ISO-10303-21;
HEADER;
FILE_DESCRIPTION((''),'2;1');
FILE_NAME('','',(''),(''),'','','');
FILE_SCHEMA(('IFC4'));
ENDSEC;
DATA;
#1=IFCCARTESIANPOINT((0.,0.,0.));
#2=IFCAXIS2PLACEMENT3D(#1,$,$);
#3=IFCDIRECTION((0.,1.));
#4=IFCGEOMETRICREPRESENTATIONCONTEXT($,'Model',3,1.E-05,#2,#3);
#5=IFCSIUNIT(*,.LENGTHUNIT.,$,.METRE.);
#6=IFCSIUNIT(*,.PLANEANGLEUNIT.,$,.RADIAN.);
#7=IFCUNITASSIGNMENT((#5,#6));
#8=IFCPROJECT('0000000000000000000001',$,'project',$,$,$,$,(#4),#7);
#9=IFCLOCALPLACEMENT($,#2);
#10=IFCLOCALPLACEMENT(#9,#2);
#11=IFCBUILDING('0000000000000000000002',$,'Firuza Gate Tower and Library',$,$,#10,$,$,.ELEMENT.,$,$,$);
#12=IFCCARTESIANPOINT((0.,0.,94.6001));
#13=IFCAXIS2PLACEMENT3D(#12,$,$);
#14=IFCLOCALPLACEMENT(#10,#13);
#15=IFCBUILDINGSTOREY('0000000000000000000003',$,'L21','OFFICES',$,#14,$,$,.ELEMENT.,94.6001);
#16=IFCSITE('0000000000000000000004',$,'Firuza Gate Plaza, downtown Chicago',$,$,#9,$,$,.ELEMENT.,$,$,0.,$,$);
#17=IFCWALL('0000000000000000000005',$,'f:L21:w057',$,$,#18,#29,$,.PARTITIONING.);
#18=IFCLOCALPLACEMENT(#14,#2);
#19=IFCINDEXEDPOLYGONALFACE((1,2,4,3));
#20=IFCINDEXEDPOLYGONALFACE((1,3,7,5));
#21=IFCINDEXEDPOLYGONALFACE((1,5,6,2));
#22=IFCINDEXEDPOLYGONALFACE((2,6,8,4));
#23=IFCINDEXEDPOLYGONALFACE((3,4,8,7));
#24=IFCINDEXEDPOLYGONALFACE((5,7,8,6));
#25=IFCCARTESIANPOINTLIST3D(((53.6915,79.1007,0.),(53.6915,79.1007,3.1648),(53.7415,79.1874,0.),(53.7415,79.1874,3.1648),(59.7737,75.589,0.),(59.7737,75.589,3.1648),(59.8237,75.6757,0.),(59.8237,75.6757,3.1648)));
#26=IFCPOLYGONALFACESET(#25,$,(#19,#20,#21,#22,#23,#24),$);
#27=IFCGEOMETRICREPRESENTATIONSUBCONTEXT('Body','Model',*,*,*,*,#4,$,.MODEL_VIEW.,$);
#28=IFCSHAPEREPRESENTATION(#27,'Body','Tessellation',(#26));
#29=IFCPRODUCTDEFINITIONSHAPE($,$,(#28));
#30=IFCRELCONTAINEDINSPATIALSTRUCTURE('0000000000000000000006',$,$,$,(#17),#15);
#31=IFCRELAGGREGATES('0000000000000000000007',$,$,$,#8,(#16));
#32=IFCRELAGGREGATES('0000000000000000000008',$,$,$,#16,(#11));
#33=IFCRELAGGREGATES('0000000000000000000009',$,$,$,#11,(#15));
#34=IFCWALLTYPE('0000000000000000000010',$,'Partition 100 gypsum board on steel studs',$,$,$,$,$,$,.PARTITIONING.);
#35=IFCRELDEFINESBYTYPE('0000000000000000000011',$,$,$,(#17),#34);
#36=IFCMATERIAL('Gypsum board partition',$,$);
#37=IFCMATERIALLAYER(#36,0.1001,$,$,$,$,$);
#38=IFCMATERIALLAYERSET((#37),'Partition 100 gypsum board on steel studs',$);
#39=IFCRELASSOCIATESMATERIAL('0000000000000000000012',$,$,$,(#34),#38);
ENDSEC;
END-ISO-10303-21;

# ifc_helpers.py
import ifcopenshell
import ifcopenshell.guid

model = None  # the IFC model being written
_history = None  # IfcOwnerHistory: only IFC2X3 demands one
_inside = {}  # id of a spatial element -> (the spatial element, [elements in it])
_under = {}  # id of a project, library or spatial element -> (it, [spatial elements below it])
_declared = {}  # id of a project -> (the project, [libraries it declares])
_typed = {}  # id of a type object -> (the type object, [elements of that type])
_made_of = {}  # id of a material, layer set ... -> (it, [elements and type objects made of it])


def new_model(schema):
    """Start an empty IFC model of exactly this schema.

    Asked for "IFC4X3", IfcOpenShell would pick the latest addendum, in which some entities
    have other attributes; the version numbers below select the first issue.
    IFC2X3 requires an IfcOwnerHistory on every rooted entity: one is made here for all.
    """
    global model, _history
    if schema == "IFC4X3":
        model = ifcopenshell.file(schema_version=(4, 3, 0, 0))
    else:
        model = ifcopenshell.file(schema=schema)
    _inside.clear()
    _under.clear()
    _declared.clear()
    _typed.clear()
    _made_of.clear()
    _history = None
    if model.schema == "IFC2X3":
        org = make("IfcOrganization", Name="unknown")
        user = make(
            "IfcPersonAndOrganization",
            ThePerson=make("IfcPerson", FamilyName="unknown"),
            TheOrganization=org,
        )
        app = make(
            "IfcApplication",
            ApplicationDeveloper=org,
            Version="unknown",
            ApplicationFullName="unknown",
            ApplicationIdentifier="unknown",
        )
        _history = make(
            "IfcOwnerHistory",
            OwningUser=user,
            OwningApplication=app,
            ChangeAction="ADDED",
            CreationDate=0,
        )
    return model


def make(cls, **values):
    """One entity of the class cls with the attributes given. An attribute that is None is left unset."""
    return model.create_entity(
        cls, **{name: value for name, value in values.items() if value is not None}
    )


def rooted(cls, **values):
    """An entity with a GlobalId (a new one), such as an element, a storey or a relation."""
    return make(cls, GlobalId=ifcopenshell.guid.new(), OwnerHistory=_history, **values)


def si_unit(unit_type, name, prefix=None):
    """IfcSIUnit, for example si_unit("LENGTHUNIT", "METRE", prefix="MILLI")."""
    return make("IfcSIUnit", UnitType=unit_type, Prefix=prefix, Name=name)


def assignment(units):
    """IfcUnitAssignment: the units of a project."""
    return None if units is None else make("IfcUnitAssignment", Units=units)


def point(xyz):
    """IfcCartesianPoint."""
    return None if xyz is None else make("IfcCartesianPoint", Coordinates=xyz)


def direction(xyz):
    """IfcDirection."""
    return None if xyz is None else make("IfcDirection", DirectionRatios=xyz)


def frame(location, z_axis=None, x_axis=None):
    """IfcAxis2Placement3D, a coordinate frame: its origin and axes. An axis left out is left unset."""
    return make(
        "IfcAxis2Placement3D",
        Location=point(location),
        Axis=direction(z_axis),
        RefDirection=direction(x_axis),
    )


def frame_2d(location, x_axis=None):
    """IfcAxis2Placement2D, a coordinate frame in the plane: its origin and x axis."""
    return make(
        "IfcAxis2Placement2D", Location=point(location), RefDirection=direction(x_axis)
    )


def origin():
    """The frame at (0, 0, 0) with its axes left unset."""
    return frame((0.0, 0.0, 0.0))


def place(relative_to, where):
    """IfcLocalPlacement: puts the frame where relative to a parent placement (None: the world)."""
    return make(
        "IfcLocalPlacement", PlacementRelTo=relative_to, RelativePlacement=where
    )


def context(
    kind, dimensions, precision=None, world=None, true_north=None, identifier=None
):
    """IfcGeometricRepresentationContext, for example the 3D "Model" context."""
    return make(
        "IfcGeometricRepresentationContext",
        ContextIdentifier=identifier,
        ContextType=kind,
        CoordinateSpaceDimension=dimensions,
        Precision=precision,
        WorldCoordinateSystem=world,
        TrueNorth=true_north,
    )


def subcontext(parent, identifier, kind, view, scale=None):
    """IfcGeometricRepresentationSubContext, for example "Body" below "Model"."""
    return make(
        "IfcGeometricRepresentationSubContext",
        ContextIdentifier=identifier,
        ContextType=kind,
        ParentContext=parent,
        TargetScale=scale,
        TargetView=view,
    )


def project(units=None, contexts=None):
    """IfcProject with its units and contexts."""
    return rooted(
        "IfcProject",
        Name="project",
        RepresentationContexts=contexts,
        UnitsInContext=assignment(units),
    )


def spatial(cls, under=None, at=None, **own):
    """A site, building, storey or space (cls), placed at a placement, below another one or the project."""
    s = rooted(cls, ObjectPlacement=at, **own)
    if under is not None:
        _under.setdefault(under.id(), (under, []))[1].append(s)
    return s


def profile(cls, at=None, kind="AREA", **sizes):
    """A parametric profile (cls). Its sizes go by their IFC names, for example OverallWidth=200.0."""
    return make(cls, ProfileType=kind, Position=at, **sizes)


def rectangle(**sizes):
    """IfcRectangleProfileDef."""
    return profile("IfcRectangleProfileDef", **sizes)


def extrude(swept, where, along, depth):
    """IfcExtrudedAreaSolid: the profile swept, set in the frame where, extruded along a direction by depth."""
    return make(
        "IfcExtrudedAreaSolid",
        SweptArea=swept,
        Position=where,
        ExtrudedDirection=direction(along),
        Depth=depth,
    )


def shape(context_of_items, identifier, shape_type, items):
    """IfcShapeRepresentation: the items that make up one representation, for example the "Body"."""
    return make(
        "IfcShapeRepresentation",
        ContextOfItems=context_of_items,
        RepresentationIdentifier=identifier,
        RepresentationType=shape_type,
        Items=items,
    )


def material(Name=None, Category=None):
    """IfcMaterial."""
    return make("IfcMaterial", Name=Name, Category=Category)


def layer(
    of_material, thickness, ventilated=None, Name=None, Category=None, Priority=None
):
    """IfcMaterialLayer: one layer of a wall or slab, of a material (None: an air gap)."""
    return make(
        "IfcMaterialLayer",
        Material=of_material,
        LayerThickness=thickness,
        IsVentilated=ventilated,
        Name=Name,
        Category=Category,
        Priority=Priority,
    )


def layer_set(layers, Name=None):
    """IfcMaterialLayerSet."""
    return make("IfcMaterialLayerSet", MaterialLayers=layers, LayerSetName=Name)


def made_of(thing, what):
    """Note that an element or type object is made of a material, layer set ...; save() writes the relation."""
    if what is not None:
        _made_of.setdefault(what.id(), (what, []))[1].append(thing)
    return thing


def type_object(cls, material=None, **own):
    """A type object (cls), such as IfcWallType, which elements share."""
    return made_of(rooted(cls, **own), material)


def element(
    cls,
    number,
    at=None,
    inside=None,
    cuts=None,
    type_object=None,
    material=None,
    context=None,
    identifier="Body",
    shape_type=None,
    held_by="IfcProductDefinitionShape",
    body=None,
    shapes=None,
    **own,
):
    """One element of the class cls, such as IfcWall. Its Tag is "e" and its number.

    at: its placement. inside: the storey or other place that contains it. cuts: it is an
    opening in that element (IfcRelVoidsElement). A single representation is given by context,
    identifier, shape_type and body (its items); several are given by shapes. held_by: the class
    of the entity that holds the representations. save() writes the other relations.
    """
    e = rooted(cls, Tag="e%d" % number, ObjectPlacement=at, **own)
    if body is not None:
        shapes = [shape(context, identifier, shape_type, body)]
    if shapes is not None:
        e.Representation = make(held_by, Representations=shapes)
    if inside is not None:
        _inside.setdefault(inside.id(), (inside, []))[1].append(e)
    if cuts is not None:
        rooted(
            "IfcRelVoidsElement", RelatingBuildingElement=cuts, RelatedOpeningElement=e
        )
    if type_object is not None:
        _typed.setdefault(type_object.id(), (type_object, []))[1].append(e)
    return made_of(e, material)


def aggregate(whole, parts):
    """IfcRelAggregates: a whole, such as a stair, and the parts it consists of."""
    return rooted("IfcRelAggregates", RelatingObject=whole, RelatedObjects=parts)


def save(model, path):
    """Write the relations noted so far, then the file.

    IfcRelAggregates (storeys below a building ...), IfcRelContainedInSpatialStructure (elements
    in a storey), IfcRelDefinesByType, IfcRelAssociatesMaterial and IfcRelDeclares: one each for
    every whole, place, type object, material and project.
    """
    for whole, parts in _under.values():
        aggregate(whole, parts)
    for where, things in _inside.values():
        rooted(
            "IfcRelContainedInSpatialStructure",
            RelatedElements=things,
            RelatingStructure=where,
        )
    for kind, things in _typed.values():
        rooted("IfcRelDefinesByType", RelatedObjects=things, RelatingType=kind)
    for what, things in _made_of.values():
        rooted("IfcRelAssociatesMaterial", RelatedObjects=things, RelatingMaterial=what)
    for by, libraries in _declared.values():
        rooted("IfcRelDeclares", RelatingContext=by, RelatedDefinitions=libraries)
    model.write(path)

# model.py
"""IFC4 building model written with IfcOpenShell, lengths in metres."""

from ifc_helpers import new_model, si_unit, direction, frame, frame_2d, origin, place, context, subcontext, project, spatial, rectangle, extrude, material, layer, layer_set, type_object, element, save


model = new_model("IFC4")

# Units and contexts
model_context = context("Model", 3, precision=1e-05, world=origin(), true_north=direction((0.0, 1.0)))
body_context = subcontext(model_context, "Body", "Model", "MODEL_VIEW")
ifc_project = project(units=[si_unit("LENGTHUNIT", "METRE"), si_unit("PLANEANGLEUNIT", "RADIAN")], contexts=[model_context])

# Site, building, storey
site_placement = place(None, origin())
site = spatial("IfcSite", under=ifc_project, at=site_placement, Name="Firuza Gate Plaza, downtown Chicago", CompositionType="ELEMENT", RefElevation=0.0)
building_placement = place(site_placement, origin())
building = spatial("IfcBuilding", under=site, at=building_placement, Name="Firuza Gate Tower and Library", CompositionType="ELEMENT")
storey_placement = place(building_placement, frame((0.0, 0.0, 94.6001)))
storey = spatial("IfcBuildingStorey", under=building, at=storey_placement, Name="L21", Description="OFFICES", CompositionType="ELEMENT", Elevation=94.6001)

# Wall
ifc_material_1 = material(Name="Gypsum board partition")
ifc_layer_1 = layer(ifc_material_1, 0.1001)
ifc_layer_set_1 = layer_set([ifc_layer_1], Name="Partition 100 gypsum board on steel studs")
wall_type_1 = type_object("IfcWallType", Name="Partition 100 gypsum board on steel studs", PredefinedType="PARTITIONING", material=ifc_layer_set_1)
wall_1_placement = place(storey_placement, frame((59.7988, 75.6323, 0.0), z_axis=(0.0, 0.0, 1.0), x_axis=(-0.866018, 0.500012, 0.0)))
element("IfcWall", 1, at=wall_1_placement, inside=storey, type_object=wall_type_1, Name="f:L21:w057", PredefinedType="PARTITIONING", context=body_context, shape_type="SweptSolid", body=[
    extrude(rectangle(XDim=7.0232, YDim=0.1001, at=frame_2d((3.5117, 0.0))), origin(), (0.0, 0.0, 1.0), 3.1648),
])

save(model, "model.ifc")
